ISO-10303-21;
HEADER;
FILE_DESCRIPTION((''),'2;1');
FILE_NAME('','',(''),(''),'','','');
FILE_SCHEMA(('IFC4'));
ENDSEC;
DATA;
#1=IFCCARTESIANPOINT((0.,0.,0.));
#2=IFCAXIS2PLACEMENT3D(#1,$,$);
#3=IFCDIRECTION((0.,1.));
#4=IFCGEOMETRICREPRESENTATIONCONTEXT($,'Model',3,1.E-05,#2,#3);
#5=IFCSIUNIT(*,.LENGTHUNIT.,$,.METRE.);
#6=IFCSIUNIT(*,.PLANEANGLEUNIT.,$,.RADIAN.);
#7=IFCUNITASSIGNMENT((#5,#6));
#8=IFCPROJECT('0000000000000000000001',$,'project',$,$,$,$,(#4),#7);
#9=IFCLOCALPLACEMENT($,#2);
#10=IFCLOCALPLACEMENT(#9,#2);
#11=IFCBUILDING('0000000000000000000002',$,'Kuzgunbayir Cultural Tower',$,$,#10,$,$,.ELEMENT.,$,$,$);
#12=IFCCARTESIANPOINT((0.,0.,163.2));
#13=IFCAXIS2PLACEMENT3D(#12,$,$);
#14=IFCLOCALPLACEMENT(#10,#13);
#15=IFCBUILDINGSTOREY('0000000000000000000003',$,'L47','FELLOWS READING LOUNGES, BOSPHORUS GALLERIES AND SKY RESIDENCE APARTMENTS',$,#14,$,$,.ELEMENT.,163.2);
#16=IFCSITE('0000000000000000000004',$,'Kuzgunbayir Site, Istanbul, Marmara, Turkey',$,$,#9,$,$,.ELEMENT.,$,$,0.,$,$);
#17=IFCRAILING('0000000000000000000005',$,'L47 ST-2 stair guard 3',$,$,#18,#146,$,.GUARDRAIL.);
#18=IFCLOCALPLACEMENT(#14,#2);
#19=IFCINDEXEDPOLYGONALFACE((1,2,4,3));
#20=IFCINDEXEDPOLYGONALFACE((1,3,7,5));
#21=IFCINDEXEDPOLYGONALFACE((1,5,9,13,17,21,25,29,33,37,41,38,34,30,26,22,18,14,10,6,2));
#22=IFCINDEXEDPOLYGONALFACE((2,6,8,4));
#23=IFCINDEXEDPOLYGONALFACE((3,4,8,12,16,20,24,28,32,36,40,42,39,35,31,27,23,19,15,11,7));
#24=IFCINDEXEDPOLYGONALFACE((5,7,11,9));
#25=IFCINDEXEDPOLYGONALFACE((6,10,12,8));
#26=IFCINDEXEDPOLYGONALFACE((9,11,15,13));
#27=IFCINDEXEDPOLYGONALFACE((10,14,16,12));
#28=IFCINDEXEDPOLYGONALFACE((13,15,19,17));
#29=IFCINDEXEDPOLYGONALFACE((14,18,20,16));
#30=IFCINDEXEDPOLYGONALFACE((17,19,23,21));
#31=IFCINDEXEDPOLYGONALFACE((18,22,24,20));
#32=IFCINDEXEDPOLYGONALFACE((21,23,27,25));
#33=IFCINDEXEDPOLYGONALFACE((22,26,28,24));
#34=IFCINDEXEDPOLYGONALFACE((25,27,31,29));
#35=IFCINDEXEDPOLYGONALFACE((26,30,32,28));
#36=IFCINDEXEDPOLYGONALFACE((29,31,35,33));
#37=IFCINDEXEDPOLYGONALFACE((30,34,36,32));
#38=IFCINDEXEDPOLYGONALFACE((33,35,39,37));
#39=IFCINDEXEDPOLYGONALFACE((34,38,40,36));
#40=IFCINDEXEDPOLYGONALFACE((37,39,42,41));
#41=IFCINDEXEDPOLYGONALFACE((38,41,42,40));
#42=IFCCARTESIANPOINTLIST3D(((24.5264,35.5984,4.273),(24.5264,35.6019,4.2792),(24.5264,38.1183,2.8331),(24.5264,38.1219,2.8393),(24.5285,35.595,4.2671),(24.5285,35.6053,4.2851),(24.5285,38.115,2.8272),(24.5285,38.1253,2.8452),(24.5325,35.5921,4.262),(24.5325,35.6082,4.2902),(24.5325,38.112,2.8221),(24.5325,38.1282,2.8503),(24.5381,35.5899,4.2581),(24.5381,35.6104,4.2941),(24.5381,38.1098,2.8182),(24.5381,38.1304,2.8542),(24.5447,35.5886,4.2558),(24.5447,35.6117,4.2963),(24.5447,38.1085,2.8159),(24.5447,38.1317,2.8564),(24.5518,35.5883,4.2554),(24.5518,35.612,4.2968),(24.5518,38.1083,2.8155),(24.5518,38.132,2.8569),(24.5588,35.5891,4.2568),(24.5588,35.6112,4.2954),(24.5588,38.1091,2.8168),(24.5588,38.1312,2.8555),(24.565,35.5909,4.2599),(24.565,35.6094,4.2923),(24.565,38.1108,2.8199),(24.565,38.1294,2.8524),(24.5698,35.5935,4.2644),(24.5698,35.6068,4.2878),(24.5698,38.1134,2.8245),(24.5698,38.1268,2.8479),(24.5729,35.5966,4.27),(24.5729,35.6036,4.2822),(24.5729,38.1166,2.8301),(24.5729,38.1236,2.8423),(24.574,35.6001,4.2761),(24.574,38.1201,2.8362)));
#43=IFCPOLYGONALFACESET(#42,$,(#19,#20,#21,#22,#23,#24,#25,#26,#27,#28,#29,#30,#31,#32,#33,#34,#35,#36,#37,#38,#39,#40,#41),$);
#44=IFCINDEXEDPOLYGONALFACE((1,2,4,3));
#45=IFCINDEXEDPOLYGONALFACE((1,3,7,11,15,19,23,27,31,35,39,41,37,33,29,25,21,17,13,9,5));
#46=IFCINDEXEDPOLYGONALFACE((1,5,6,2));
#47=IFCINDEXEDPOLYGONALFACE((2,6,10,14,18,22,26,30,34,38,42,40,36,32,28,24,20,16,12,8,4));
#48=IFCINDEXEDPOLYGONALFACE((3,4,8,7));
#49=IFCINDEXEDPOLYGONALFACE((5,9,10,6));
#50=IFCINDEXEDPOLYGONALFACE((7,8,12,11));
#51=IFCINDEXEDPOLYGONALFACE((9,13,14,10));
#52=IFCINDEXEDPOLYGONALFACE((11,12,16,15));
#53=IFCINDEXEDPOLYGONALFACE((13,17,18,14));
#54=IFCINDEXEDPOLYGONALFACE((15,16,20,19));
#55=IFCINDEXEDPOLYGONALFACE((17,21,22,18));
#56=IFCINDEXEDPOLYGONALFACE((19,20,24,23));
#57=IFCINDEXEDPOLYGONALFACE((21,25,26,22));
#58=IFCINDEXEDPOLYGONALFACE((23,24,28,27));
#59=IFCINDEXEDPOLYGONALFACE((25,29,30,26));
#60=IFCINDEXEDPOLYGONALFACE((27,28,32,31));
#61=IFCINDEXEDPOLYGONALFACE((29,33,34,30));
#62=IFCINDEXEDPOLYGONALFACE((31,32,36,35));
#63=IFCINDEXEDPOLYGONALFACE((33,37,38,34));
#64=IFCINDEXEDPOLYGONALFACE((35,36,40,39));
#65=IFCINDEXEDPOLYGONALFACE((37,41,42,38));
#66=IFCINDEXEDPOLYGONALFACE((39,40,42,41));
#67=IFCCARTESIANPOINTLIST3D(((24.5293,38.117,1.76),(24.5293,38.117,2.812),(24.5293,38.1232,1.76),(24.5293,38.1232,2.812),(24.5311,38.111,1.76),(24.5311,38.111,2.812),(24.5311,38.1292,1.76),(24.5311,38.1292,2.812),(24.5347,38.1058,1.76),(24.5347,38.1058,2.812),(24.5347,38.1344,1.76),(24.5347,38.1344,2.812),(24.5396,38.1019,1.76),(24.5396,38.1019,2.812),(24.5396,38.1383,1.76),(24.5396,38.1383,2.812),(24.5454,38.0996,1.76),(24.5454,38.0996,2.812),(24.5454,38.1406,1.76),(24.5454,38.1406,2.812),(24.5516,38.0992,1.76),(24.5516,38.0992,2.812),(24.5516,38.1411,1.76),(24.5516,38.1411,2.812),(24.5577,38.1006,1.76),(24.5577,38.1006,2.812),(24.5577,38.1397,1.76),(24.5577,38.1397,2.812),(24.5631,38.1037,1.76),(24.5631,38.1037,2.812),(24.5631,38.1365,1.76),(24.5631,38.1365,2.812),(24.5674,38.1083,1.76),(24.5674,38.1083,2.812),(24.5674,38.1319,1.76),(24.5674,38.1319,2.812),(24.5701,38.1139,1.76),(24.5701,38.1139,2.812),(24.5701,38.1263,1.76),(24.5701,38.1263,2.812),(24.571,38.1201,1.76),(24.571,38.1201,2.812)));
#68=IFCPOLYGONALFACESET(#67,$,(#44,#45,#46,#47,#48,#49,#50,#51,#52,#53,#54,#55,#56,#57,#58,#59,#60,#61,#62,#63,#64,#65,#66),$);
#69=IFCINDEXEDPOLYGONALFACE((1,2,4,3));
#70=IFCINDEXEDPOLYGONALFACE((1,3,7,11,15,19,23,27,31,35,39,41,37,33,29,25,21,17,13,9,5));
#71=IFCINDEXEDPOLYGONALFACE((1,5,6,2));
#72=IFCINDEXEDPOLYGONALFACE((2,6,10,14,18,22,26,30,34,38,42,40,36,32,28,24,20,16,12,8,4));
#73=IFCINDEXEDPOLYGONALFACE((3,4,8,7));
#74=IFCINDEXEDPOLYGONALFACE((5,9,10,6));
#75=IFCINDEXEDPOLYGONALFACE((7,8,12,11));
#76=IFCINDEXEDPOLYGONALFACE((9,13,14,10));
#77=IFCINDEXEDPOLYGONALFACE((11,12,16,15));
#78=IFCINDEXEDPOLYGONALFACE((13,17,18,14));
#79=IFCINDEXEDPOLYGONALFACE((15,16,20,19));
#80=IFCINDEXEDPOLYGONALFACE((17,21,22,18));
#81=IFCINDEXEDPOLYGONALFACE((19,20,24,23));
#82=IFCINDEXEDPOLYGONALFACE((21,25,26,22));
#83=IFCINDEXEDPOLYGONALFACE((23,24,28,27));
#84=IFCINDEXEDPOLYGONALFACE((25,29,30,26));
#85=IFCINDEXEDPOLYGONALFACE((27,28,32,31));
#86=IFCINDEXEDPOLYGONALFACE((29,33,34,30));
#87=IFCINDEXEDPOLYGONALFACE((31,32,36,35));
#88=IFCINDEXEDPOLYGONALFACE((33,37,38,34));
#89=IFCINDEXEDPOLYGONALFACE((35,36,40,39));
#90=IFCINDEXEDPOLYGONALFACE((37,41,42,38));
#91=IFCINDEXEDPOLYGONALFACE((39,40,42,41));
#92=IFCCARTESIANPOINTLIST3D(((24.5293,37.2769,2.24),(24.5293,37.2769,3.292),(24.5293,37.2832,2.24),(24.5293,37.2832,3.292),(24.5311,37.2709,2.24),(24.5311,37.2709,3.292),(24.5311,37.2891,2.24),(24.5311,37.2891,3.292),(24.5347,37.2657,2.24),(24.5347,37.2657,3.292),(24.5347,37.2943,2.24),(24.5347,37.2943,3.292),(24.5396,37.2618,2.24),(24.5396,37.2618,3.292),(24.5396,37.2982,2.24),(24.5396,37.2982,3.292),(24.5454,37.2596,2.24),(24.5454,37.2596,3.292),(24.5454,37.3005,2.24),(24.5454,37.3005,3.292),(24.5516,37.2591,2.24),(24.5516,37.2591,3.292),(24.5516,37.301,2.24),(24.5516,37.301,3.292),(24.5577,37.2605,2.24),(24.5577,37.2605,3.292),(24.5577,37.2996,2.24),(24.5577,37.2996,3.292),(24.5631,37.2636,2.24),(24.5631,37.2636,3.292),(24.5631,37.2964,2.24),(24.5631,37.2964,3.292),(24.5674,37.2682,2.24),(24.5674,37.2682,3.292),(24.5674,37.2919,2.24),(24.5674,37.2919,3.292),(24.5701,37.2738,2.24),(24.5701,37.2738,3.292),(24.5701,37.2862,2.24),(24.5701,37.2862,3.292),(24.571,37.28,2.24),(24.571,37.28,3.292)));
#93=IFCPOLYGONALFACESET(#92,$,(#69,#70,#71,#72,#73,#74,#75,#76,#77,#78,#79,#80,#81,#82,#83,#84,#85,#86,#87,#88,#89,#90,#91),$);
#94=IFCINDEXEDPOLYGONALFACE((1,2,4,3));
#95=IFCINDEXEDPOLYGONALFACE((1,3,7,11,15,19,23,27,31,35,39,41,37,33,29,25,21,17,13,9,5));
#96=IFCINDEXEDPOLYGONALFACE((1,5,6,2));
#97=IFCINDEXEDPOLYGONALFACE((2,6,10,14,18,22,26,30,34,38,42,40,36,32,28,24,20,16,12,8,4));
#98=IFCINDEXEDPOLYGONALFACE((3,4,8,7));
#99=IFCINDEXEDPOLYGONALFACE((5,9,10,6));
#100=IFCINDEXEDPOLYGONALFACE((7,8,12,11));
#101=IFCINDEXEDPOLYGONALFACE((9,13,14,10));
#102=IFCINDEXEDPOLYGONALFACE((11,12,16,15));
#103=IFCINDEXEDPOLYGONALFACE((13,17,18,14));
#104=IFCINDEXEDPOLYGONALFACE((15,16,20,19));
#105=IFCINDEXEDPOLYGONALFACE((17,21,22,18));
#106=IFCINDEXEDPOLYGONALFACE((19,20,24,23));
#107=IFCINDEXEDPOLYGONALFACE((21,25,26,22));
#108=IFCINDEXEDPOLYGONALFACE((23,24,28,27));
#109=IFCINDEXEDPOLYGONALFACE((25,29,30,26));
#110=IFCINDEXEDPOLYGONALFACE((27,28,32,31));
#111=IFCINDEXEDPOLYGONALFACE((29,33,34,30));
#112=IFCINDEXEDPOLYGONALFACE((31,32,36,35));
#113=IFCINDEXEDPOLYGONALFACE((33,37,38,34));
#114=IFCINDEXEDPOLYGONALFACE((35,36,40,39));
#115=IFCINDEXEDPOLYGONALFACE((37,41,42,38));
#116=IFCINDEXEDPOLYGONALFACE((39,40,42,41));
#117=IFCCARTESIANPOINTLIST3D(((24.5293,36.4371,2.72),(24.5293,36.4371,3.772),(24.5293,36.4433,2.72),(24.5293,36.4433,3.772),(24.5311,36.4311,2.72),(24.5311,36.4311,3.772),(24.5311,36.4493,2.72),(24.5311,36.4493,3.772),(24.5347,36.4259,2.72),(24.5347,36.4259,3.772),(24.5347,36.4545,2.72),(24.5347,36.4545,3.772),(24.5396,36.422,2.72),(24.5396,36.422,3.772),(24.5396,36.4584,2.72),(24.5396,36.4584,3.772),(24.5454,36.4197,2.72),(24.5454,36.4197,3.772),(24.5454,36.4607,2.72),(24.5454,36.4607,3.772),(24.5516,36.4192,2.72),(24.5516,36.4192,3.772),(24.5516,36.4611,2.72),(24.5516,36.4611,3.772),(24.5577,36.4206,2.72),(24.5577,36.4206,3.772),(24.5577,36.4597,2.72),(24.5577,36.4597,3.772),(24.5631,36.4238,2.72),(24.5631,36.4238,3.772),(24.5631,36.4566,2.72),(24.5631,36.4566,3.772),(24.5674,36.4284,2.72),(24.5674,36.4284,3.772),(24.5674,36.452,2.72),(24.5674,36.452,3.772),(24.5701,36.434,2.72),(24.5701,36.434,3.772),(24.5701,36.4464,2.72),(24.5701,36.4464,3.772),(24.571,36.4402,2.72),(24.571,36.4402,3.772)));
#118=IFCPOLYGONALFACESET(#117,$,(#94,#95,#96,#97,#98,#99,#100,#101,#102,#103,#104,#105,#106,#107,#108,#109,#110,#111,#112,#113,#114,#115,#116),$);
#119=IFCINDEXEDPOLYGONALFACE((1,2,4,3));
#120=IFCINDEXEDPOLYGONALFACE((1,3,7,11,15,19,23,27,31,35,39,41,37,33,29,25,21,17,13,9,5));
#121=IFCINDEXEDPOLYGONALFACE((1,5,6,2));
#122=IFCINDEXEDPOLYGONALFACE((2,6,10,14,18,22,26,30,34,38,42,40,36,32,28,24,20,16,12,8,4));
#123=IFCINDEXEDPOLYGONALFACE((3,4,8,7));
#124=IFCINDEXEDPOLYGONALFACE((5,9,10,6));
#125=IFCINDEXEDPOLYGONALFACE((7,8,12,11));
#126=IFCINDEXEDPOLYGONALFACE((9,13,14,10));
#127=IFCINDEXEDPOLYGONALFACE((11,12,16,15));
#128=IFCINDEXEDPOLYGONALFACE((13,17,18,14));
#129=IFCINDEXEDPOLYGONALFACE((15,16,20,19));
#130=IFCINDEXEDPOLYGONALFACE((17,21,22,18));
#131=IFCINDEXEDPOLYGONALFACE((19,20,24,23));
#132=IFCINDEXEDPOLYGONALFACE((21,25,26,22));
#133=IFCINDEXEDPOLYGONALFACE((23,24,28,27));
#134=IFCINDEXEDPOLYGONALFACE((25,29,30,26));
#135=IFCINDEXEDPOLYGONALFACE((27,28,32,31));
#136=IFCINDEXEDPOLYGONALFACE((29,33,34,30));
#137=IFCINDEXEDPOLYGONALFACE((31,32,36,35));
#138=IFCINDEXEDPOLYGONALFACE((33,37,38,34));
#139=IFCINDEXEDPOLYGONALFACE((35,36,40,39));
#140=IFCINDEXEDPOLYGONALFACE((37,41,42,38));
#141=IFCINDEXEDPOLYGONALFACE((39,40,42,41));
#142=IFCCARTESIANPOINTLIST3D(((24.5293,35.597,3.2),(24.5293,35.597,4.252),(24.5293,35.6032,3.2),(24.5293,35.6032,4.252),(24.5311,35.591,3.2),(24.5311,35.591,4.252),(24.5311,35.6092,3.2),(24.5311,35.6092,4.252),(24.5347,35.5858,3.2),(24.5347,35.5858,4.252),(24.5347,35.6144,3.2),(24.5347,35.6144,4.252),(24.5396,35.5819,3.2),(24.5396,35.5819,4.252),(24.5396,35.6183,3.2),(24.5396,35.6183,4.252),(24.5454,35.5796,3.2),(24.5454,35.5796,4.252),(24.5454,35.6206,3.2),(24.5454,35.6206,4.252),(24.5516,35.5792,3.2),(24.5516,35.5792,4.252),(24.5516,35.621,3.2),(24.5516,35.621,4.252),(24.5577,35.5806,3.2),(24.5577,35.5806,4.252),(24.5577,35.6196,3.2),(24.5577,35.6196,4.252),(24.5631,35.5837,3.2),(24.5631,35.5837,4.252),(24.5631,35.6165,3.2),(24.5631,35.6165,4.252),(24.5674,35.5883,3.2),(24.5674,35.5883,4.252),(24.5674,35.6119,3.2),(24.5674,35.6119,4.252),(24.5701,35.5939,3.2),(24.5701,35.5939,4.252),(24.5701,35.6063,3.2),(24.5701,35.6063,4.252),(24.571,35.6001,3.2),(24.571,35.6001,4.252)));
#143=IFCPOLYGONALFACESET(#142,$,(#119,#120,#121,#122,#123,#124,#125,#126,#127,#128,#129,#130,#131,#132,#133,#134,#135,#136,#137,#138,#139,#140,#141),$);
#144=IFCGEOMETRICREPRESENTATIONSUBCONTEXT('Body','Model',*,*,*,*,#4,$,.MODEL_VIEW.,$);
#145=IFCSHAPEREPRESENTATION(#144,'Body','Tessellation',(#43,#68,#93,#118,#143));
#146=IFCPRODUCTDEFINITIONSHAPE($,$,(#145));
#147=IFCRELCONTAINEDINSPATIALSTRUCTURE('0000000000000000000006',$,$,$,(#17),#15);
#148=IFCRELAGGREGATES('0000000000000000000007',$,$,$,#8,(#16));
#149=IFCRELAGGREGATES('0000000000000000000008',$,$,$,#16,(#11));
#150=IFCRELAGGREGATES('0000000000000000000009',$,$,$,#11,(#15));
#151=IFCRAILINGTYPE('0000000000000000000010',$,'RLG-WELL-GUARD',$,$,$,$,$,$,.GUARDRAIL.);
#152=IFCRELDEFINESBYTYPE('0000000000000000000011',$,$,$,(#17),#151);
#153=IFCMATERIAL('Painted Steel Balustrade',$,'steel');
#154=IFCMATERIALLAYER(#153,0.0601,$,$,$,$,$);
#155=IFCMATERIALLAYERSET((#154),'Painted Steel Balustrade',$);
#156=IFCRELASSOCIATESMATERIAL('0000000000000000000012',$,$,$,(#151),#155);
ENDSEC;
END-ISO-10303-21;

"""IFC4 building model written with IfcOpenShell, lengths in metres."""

from ifc_helpers import new_model, si_unit, direction, frame, origin, origin_2d, place, context, subcontext, project, spatial, circle, extrude, material, layer, layer_set, type_object, element, save


model = new_model("IFC4")

# Units and contexts
model_context = context("Model", 3, precision=1e-05, world=origin(), true_north=direction((0.0, 1.0)))
body_context = subcontext(model_context, "Body", "Model", "MODEL_VIEW")
ifc_project = project(units=[si_unit("LENGTHUNIT", "METRE"), si_unit("PLANEANGLEUNIT", "RADIAN")], contexts=[model_context])

# Site, building, storey
site_placement = place(None, origin())
site = spatial("IfcSite", under=ifc_project, at=site_placement, Name="Kuzgunbayir Site, Istanbul, Marmara, Turkey", CompositionType="ELEMENT", RefElevation=0.0)
building_placement = place(site_placement, origin())
building = spatial("IfcBuilding", under=site, at=building_placement, Name="Kuzgunbayir Cultural Tower", CompositionType="ELEMENT")
storey_placement = place(building_placement, frame((0.0, 0.0, 163.2)))
storey = spatial("IfcBuildingStorey", under=building, at=storey_placement, Name="L47", Description="FELLOWS READING LOUNGES, BOSPHORUS GALLERIES AND SKY RESIDENCE APARTMENTS", CompositionType="ELEMENT", Elevation=163.2)

# Railing
ifc_material_1 = material(Name="Painted Steel Balustrade", Category="steel")
ifc_layer_1 = layer(ifc_material_1, 0.0601)
ifc_layer_set_1 = layer_set([ifc_layer_1], Name="Painted Steel Balustrade")
railing_type_1 = type_object("IfcRailingType", Name="RLG-WELL-GUARD", PredefinedType="GUARDRAIL", material=ifc_layer_set_1)
railing_1_placement = place(storey_placement, frame((24.55, 38.1201, 1.76)))
element("IfcRailing", 1, at=railing_1_placement, inside=storey, type_object=railing_type_1, Name="L47 ST-2 stair guard 3", PredefinedType="GUARDRAIL", context=body_context, shape_type="SweptSolid", body=[
    extrude(circle(Radius=0.0239, at=origin_2d()), frame((0.0, 0.0, 1.0762), z_axis=(0.0, -0.868253, 0.496121), x_axis=(1.0, 0.0, 0.0)), (0.0, 0.0, 1.0), 2.9023),
    extrude(circle(Radius=0.021, at=origin_2d()), origin(), (0.0, 0.0, 1.0), 1.052),
    extrude(circle(Radius=0.021, at=origin_2d()), frame((0.0, -0.8401, 0.48)), (0.0, 0.0, 1.0), 1.052),
    extrude(circle(Radius=0.021, at=origin_2d()), frame((0.0, -1.6799, 0.96)), (0.0, 0.0, 1.0), 1.052),
    extrude(circle(Radius=0.021, at=origin_2d()), frame((0.0, -2.52, 1.4399)), (0.0, 0.0, 1.0), 1.052),
])

save(model, "model.ifc")
